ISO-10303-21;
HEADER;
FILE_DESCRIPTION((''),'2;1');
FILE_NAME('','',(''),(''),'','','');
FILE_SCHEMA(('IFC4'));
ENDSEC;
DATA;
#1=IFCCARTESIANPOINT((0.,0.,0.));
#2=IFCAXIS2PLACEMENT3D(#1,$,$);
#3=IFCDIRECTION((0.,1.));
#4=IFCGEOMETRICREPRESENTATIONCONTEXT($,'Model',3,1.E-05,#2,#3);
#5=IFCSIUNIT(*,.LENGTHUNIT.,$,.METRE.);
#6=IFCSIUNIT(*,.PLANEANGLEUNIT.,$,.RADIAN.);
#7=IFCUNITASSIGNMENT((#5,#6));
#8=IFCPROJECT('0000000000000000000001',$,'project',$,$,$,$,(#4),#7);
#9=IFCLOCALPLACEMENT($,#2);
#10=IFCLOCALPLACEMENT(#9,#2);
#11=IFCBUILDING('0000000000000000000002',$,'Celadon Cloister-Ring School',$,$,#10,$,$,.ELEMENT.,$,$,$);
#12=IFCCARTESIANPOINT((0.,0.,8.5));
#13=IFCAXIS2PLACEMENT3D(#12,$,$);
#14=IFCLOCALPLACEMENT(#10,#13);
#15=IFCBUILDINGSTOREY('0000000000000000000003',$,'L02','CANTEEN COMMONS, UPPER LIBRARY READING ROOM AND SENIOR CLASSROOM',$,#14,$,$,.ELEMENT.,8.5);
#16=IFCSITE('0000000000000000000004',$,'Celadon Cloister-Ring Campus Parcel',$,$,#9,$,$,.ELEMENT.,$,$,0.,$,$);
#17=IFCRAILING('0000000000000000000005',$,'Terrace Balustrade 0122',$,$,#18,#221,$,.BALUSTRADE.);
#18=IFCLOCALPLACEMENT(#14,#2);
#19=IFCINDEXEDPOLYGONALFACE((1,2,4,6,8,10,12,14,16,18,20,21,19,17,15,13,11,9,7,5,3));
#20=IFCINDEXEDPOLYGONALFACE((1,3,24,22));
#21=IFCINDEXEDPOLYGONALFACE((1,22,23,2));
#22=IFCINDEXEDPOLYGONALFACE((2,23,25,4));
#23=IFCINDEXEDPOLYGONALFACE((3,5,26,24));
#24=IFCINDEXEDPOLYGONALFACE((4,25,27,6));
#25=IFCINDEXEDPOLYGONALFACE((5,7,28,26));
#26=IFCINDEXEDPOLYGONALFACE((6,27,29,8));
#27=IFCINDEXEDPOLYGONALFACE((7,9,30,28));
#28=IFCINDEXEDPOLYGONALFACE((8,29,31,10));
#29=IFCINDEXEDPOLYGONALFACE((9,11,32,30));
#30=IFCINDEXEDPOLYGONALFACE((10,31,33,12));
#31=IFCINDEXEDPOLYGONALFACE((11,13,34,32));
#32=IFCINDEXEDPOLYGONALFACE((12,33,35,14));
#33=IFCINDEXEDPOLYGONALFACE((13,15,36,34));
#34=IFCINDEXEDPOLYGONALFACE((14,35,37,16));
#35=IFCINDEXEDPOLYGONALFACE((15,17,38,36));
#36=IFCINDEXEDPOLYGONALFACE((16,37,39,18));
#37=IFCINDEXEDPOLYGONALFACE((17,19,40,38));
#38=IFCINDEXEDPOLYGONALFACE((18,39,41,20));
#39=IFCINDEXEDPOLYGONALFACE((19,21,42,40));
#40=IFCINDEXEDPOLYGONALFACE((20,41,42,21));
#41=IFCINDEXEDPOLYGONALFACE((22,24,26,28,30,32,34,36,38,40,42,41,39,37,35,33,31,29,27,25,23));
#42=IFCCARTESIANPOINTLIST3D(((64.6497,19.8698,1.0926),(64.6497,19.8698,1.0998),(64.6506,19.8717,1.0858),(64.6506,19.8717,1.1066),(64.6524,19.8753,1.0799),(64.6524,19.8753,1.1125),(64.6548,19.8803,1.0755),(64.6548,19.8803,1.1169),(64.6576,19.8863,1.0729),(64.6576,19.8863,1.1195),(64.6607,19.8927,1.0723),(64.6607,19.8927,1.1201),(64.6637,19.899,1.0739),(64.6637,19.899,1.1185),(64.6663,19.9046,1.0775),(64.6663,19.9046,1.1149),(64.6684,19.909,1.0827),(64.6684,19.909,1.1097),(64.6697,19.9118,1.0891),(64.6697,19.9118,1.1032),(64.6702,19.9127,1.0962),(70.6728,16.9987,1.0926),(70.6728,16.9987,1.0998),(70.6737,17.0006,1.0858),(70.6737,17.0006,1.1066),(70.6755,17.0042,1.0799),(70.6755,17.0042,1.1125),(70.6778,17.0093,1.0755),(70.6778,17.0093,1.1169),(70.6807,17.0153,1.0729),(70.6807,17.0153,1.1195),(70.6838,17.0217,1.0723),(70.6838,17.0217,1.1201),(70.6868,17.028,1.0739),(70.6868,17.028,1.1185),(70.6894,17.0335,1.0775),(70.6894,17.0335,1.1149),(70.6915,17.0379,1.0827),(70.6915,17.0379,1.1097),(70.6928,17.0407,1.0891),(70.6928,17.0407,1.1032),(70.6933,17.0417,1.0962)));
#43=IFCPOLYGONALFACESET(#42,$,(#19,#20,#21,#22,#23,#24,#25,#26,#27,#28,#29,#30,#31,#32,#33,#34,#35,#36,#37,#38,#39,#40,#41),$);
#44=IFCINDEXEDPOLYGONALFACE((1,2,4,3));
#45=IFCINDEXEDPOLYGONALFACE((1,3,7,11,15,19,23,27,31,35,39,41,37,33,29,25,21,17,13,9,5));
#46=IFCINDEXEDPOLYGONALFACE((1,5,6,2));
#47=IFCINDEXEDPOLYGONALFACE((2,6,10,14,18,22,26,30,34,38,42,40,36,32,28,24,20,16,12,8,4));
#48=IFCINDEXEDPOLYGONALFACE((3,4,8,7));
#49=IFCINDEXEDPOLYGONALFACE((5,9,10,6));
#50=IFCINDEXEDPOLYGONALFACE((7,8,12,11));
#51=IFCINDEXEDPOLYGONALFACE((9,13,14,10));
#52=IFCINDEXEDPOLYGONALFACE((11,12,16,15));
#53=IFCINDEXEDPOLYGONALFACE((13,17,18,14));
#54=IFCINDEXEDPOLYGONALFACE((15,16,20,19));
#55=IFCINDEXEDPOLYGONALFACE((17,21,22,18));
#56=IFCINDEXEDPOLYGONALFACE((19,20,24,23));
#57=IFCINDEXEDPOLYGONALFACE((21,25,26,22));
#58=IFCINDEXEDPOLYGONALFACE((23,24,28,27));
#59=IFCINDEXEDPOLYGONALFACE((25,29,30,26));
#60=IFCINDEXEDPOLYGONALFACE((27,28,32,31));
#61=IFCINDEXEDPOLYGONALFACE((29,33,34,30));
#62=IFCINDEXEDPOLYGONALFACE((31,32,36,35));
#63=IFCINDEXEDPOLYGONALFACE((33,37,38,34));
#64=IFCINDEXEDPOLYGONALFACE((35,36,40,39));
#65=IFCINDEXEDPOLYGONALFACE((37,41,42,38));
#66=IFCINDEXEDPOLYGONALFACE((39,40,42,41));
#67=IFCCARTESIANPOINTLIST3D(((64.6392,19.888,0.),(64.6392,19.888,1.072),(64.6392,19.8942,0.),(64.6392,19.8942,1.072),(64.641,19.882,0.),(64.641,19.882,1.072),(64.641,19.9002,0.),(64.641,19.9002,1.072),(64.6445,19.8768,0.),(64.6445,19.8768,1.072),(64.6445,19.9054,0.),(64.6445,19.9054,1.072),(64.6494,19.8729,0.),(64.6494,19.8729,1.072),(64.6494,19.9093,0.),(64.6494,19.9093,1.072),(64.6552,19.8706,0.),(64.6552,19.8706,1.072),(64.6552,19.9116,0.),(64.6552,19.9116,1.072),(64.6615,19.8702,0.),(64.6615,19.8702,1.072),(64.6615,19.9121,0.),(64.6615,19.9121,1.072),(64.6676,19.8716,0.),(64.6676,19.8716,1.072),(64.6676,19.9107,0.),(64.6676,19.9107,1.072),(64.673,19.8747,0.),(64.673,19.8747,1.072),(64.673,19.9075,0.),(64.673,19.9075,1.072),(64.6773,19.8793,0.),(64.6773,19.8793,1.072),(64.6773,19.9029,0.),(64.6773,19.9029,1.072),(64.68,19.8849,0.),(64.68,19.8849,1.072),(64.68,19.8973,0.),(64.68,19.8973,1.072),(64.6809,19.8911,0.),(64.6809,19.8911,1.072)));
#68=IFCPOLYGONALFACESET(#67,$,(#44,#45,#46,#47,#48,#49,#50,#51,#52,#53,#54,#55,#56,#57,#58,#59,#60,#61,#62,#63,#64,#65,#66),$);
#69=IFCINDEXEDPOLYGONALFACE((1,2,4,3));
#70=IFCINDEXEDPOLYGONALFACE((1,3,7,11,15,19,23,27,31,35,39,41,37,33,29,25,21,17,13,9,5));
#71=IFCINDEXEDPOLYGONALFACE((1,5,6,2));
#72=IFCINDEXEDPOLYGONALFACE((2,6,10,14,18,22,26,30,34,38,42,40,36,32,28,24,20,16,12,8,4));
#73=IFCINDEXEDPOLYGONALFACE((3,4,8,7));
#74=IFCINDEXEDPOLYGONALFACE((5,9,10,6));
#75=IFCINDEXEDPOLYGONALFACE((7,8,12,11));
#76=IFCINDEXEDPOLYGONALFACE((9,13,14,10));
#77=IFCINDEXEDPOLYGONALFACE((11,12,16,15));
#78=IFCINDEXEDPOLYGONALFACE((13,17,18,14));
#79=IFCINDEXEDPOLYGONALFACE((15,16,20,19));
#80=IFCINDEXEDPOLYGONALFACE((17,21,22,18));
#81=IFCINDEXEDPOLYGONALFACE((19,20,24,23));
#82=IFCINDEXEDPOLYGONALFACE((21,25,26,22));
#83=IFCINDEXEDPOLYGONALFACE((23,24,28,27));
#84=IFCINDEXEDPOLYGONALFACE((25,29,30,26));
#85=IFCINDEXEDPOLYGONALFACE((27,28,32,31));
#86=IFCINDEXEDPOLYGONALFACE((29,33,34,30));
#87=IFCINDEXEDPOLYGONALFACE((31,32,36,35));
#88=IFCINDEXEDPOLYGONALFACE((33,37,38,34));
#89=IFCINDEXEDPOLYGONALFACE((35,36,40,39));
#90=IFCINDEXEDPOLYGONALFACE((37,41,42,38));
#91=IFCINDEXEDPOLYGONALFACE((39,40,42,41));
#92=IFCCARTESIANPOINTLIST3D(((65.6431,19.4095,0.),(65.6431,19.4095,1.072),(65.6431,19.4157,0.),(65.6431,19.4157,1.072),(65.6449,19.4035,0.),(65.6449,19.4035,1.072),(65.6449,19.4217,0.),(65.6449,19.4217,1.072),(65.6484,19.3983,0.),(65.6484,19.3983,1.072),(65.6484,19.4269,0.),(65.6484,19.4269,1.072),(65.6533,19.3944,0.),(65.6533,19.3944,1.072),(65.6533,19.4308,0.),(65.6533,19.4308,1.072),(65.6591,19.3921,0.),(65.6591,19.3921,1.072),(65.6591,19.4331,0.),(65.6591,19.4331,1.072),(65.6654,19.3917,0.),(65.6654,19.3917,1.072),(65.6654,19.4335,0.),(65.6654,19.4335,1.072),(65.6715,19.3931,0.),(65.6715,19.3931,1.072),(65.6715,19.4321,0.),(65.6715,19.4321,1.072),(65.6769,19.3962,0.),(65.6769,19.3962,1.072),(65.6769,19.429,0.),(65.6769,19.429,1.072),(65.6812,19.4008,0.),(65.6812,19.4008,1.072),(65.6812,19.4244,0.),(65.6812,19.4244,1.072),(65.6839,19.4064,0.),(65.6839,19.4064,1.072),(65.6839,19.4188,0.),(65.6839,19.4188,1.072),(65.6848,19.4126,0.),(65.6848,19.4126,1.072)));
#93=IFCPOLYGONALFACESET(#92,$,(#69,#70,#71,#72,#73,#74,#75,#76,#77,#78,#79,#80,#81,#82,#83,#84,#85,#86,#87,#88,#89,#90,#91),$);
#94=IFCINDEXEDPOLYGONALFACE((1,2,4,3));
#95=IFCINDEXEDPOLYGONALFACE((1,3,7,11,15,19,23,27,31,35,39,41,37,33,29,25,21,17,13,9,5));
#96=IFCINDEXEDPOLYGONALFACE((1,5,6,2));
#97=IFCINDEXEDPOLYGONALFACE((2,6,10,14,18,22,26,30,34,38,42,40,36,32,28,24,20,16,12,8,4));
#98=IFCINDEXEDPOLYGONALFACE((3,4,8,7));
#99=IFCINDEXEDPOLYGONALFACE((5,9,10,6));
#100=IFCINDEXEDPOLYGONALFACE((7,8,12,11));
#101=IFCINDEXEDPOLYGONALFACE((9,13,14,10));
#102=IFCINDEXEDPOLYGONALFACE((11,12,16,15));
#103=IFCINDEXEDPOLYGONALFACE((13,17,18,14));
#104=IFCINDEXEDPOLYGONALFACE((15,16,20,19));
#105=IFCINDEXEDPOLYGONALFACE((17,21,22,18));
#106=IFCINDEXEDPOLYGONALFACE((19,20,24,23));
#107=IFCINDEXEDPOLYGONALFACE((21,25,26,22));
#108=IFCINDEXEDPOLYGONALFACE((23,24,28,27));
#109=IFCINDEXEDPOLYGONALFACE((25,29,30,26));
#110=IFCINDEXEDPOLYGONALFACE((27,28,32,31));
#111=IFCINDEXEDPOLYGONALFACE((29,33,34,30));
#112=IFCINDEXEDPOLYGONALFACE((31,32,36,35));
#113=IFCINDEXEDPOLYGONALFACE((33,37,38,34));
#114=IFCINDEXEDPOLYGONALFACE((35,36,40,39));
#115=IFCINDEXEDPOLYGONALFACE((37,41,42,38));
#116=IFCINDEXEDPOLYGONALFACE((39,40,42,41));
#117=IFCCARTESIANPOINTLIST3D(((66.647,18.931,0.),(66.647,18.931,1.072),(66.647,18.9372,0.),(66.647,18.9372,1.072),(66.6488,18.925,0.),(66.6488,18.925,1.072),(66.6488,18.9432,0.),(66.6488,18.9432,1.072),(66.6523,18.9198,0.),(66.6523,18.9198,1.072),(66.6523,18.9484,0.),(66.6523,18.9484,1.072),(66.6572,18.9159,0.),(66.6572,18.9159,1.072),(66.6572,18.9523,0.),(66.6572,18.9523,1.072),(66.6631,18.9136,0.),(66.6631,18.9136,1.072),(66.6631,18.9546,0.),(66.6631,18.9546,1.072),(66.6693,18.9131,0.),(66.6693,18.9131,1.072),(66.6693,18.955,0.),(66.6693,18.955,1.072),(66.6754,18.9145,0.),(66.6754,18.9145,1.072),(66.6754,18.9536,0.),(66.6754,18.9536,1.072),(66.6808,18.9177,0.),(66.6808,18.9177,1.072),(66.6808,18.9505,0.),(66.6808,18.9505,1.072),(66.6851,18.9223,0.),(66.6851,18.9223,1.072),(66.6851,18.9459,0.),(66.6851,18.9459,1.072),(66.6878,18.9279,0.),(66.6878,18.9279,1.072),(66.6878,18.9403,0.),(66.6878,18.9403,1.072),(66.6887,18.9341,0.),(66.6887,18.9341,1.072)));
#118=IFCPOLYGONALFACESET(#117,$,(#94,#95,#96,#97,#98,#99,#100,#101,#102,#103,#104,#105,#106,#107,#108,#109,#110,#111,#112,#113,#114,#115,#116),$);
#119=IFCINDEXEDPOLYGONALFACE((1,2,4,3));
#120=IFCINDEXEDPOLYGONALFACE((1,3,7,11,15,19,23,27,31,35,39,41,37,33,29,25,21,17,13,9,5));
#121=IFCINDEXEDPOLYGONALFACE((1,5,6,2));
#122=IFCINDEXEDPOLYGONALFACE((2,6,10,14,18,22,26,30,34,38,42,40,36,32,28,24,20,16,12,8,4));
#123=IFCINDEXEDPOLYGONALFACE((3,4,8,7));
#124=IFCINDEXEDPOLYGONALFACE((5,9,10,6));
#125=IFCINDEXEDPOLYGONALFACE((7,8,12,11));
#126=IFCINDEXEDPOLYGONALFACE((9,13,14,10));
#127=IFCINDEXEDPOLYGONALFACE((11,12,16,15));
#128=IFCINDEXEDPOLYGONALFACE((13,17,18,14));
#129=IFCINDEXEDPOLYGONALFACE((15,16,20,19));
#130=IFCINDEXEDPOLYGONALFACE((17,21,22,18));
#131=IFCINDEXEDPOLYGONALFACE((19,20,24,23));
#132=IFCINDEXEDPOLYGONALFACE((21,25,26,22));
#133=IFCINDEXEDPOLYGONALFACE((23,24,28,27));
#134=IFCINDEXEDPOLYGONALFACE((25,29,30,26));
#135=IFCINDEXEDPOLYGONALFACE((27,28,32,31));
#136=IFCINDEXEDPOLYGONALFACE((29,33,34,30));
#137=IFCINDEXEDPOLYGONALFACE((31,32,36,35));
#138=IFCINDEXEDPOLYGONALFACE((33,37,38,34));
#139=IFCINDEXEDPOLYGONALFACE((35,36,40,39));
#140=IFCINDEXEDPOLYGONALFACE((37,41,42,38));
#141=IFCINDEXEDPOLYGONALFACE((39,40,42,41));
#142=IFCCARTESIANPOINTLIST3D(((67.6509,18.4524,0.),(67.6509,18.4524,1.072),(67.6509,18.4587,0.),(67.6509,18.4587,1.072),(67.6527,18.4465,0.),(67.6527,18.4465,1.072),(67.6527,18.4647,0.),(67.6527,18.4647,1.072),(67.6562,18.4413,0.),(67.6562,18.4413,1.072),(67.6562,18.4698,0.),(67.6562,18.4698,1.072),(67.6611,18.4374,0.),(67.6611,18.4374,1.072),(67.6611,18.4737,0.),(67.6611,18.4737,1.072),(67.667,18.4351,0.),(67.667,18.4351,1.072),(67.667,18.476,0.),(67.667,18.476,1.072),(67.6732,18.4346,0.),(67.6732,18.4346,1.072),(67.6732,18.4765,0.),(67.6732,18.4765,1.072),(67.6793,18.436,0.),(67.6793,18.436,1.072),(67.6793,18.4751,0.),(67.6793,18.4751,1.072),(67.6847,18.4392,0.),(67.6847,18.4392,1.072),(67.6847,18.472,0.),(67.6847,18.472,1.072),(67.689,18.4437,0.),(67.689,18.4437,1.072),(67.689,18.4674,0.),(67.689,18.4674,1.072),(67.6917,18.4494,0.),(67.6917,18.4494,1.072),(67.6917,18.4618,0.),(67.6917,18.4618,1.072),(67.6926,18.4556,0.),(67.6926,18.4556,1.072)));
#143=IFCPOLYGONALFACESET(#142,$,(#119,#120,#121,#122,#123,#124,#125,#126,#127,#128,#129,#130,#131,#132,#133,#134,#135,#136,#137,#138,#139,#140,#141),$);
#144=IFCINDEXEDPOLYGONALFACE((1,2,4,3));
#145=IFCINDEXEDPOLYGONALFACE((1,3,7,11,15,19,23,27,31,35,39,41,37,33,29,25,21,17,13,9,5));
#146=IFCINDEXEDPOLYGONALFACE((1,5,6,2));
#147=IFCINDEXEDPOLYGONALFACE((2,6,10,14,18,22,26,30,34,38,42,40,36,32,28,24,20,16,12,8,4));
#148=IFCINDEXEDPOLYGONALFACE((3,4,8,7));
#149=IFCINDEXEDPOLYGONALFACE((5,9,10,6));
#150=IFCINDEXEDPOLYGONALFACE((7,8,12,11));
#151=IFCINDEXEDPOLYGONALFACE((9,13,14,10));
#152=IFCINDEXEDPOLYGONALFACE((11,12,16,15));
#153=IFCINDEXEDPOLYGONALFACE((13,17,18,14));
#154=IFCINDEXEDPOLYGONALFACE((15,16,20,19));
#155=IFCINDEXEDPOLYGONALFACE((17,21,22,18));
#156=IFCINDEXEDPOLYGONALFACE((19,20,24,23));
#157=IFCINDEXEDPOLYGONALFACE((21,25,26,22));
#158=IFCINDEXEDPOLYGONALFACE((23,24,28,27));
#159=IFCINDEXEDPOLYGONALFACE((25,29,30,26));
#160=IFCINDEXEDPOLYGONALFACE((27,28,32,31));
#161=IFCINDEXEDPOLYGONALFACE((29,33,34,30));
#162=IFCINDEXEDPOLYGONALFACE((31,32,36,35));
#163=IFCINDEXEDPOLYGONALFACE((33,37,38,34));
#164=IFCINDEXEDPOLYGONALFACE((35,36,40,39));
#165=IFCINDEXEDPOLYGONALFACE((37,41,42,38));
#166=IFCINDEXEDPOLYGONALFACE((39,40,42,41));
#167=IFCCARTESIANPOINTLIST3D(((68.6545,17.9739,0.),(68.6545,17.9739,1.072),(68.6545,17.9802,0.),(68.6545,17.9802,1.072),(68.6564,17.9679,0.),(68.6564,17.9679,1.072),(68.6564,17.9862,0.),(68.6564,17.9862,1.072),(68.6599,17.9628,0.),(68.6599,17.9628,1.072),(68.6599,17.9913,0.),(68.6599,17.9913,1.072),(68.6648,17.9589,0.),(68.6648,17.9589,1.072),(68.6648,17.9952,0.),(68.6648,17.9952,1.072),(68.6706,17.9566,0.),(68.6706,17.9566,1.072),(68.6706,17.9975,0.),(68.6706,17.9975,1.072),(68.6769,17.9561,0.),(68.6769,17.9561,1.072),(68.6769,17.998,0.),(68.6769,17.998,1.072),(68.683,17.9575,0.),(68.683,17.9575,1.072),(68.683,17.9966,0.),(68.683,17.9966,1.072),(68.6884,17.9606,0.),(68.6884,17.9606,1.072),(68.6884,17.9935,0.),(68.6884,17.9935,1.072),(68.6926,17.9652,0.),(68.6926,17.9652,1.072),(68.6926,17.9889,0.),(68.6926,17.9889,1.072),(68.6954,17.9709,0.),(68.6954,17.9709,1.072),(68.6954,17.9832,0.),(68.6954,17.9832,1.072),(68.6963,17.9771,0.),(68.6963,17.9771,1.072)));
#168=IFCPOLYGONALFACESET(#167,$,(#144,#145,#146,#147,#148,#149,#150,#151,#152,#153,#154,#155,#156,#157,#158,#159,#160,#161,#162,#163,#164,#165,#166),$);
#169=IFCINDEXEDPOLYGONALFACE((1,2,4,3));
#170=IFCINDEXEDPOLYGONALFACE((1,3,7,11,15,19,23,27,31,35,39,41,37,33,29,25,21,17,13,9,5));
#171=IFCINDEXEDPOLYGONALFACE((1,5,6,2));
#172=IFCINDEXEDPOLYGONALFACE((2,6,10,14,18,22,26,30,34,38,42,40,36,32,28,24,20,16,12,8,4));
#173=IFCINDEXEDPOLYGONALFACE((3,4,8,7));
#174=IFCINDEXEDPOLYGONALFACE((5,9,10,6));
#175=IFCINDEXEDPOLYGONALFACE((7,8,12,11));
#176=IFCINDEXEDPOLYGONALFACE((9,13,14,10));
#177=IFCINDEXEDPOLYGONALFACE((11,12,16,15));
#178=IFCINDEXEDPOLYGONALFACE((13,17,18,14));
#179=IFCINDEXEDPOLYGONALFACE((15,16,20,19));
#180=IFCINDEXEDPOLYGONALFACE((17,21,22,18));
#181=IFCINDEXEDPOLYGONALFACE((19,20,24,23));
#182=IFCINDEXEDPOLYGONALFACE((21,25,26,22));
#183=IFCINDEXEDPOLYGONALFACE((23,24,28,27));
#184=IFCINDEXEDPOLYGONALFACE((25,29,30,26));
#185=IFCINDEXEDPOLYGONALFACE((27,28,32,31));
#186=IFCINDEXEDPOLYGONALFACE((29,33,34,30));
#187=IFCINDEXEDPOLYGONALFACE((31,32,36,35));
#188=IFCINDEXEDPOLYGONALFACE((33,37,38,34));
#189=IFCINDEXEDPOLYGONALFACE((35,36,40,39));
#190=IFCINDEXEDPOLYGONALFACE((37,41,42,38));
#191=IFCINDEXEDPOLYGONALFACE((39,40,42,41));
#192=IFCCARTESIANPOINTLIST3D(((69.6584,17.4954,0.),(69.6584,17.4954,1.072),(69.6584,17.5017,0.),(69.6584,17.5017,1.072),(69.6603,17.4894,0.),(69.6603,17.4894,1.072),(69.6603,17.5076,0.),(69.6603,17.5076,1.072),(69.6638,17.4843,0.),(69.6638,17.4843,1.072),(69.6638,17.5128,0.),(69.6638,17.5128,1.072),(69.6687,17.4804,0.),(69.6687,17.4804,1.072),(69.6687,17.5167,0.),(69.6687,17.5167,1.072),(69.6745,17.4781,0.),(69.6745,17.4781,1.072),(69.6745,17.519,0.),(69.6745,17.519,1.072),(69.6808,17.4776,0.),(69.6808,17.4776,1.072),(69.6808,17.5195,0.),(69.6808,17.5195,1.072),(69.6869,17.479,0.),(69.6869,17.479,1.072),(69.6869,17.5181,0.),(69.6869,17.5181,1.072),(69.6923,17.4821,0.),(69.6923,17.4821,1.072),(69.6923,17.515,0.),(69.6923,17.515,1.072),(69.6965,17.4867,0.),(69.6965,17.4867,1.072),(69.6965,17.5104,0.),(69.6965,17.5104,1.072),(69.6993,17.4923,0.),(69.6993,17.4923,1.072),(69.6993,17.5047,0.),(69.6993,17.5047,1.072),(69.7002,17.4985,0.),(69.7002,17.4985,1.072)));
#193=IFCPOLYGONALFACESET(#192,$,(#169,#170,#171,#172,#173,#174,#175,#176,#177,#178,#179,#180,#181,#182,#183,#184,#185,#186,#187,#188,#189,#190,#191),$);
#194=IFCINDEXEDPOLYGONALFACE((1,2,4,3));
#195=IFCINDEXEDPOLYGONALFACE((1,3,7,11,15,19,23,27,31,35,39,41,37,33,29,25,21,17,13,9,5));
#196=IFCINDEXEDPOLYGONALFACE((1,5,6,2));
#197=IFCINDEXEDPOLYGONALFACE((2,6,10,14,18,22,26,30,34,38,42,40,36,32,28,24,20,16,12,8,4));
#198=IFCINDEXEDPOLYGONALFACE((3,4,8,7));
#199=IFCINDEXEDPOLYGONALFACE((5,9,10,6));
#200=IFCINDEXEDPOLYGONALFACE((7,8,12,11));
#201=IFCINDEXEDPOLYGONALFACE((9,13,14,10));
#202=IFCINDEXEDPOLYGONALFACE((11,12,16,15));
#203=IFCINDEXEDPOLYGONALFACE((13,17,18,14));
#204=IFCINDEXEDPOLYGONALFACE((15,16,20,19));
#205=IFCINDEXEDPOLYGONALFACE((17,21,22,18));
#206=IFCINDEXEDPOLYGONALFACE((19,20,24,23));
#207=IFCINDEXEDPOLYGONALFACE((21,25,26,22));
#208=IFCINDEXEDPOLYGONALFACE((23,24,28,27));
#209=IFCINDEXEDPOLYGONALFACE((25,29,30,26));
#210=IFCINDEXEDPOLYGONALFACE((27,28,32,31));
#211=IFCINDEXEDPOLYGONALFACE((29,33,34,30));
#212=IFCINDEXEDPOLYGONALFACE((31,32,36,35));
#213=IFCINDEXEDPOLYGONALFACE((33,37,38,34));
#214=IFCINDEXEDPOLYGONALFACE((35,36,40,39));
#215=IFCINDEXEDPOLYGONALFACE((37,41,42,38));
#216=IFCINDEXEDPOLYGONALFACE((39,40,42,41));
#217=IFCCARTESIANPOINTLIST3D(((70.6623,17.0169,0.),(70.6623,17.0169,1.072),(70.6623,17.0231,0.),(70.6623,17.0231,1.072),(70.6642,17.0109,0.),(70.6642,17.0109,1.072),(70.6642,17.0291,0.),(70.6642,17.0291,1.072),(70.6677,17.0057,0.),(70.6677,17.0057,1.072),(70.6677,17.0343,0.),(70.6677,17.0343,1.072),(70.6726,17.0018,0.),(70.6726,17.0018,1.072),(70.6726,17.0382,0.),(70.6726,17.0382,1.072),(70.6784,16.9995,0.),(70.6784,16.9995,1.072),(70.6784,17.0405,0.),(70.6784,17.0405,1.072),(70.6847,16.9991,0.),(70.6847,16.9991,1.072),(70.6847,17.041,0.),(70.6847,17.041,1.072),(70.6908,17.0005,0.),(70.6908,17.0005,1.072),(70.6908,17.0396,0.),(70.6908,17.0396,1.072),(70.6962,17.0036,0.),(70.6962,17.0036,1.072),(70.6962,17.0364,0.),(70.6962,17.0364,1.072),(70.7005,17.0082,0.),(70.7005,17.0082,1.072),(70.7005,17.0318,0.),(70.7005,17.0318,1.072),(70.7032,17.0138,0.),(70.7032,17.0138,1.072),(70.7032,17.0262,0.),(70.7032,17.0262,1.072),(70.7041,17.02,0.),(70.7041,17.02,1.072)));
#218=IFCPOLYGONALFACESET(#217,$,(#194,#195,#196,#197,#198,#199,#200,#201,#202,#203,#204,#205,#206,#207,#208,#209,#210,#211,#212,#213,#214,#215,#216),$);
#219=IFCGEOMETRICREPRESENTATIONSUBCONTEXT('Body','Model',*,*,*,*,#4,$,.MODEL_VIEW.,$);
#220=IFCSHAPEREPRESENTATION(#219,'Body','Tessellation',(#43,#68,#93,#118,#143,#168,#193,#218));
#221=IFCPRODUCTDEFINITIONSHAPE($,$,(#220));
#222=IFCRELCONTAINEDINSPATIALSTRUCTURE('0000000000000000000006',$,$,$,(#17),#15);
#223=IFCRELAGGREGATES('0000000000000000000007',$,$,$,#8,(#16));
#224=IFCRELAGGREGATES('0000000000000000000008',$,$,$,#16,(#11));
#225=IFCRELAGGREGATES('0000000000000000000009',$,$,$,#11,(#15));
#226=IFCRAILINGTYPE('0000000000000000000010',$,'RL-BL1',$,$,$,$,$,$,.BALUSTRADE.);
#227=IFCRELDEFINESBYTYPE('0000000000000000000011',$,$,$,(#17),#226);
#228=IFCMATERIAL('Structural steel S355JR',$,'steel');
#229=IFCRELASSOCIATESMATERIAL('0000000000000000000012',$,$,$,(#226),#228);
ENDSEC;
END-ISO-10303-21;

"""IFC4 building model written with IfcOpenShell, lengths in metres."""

from ifc_helpers import new_model, si_unit, direction, frame, origin, origin_2d, place, context, subcontext, project, spatial, circle, extrude, material, type_object, element, save


model = new_model("IFC4")

# Units and contexts
model_context = context("Model", 3, precision=1e-05, world=origin(), true_north=direction((0.0, 1.0)))
body_context = subcontext(model_context, "Body", "Model", "MODEL_VIEW")
ifc_project = project(units=[si_unit("LENGTHUNIT", "METRE"), si_unit("PLANEANGLEUNIT", "RADIAN")], contexts=[model_context])

# Site, building, storey
site_placement = place(None, origin())
site = spatial("IfcSite", under=ifc_project, at=site_placement, Name="Celadon Cloister-Ring Campus Parcel", CompositionType="ELEMENT", RefElevation=0.0)
building_placement = place(site_placement, origin())
building = spatial("IfcBuilding", under=site, at=building_placement, Name="Celadon Cloister-Ring School", CompositionType="ELEMENT")
storey_placement = place(building_placement, frame((0.0, 0.0, 8.5)))
storey = spatial("IfcBuildingStorey", under=building, at=storey_placement, Name="L02", Description="CANTEEN COMMONS, UPPER LIBRARY READING ROOM AND SENIOR CLASSROOM", CompositionType="ELEMENT", Elevation=8.5)

# Railing
ifc_material_1 = material(Name="Structural steel S355JR", Category="steel")
railing_type = type_object("IfcRailingType", Name="RL-BL1", PredefinedType="BALUSTRADE", material=ifc_material_1)
railing_1_placement = place(storey_placement, frame((64.6599, 19.8911, 0.0)))
element("IfcRailing", 1, at=railing_1_placement, inside=storey, type_object=railing_type, Name="Terrace Balustrade 0122", PredefinedType="BALUSTRADE", context=body_context, shape_type="SweptSolid", body=[
    extrude(circle(Radius=0.0239, at=origin_2d()), frame((0.0, 0.0, 1.0962), z_axis=(0.902691, -0.430289, 0.0), x_axis=(0.430289, 0.902691, 0.0)), (0.0, 0.0, 1.0), 6.6724),
    extrude(circle(Radius=0.021, at=origin_2d()), origin(), (0.0, 0.0, 1.0), 1.072),
    extrude(circle(Radius=0.021, at=origin_2d()), frame((1.0039, -0.4785, 0.0)), (0.0, 0.0, 1.0), 1.072),
    extrude(circle(Radius=0.021, at=origin_2d()), frame((2.0078, -0.957, 0.0)), (0.0, 0.0, 1.0), 1.072),
    extrude(circle(Radius=0.021, at=origin_2d()), frame((3.0117, -1.4355, 0.0)), (0.0, 0.0, 1.0), 1.072),
    extrude(circle(Radius=0.021, at=origin_2d()), frame((4.0154, -1.9141, 0.0)), (0.0, 0.0, 1.0), 1.072),
    extrude(circle(Radius=0.021, at=origin_2d()), frame((5.0193, -2.3926, 0.0)), (0.0, 0.0, 1.0), 1.072),
    extrude(circle(Radius=0.021, at=origin_2d()), frame((6.0232, -2.8711, 0.0)), (0.0, 0.0, 1.0), 1.072),
])

save(model, "model.ifc")
